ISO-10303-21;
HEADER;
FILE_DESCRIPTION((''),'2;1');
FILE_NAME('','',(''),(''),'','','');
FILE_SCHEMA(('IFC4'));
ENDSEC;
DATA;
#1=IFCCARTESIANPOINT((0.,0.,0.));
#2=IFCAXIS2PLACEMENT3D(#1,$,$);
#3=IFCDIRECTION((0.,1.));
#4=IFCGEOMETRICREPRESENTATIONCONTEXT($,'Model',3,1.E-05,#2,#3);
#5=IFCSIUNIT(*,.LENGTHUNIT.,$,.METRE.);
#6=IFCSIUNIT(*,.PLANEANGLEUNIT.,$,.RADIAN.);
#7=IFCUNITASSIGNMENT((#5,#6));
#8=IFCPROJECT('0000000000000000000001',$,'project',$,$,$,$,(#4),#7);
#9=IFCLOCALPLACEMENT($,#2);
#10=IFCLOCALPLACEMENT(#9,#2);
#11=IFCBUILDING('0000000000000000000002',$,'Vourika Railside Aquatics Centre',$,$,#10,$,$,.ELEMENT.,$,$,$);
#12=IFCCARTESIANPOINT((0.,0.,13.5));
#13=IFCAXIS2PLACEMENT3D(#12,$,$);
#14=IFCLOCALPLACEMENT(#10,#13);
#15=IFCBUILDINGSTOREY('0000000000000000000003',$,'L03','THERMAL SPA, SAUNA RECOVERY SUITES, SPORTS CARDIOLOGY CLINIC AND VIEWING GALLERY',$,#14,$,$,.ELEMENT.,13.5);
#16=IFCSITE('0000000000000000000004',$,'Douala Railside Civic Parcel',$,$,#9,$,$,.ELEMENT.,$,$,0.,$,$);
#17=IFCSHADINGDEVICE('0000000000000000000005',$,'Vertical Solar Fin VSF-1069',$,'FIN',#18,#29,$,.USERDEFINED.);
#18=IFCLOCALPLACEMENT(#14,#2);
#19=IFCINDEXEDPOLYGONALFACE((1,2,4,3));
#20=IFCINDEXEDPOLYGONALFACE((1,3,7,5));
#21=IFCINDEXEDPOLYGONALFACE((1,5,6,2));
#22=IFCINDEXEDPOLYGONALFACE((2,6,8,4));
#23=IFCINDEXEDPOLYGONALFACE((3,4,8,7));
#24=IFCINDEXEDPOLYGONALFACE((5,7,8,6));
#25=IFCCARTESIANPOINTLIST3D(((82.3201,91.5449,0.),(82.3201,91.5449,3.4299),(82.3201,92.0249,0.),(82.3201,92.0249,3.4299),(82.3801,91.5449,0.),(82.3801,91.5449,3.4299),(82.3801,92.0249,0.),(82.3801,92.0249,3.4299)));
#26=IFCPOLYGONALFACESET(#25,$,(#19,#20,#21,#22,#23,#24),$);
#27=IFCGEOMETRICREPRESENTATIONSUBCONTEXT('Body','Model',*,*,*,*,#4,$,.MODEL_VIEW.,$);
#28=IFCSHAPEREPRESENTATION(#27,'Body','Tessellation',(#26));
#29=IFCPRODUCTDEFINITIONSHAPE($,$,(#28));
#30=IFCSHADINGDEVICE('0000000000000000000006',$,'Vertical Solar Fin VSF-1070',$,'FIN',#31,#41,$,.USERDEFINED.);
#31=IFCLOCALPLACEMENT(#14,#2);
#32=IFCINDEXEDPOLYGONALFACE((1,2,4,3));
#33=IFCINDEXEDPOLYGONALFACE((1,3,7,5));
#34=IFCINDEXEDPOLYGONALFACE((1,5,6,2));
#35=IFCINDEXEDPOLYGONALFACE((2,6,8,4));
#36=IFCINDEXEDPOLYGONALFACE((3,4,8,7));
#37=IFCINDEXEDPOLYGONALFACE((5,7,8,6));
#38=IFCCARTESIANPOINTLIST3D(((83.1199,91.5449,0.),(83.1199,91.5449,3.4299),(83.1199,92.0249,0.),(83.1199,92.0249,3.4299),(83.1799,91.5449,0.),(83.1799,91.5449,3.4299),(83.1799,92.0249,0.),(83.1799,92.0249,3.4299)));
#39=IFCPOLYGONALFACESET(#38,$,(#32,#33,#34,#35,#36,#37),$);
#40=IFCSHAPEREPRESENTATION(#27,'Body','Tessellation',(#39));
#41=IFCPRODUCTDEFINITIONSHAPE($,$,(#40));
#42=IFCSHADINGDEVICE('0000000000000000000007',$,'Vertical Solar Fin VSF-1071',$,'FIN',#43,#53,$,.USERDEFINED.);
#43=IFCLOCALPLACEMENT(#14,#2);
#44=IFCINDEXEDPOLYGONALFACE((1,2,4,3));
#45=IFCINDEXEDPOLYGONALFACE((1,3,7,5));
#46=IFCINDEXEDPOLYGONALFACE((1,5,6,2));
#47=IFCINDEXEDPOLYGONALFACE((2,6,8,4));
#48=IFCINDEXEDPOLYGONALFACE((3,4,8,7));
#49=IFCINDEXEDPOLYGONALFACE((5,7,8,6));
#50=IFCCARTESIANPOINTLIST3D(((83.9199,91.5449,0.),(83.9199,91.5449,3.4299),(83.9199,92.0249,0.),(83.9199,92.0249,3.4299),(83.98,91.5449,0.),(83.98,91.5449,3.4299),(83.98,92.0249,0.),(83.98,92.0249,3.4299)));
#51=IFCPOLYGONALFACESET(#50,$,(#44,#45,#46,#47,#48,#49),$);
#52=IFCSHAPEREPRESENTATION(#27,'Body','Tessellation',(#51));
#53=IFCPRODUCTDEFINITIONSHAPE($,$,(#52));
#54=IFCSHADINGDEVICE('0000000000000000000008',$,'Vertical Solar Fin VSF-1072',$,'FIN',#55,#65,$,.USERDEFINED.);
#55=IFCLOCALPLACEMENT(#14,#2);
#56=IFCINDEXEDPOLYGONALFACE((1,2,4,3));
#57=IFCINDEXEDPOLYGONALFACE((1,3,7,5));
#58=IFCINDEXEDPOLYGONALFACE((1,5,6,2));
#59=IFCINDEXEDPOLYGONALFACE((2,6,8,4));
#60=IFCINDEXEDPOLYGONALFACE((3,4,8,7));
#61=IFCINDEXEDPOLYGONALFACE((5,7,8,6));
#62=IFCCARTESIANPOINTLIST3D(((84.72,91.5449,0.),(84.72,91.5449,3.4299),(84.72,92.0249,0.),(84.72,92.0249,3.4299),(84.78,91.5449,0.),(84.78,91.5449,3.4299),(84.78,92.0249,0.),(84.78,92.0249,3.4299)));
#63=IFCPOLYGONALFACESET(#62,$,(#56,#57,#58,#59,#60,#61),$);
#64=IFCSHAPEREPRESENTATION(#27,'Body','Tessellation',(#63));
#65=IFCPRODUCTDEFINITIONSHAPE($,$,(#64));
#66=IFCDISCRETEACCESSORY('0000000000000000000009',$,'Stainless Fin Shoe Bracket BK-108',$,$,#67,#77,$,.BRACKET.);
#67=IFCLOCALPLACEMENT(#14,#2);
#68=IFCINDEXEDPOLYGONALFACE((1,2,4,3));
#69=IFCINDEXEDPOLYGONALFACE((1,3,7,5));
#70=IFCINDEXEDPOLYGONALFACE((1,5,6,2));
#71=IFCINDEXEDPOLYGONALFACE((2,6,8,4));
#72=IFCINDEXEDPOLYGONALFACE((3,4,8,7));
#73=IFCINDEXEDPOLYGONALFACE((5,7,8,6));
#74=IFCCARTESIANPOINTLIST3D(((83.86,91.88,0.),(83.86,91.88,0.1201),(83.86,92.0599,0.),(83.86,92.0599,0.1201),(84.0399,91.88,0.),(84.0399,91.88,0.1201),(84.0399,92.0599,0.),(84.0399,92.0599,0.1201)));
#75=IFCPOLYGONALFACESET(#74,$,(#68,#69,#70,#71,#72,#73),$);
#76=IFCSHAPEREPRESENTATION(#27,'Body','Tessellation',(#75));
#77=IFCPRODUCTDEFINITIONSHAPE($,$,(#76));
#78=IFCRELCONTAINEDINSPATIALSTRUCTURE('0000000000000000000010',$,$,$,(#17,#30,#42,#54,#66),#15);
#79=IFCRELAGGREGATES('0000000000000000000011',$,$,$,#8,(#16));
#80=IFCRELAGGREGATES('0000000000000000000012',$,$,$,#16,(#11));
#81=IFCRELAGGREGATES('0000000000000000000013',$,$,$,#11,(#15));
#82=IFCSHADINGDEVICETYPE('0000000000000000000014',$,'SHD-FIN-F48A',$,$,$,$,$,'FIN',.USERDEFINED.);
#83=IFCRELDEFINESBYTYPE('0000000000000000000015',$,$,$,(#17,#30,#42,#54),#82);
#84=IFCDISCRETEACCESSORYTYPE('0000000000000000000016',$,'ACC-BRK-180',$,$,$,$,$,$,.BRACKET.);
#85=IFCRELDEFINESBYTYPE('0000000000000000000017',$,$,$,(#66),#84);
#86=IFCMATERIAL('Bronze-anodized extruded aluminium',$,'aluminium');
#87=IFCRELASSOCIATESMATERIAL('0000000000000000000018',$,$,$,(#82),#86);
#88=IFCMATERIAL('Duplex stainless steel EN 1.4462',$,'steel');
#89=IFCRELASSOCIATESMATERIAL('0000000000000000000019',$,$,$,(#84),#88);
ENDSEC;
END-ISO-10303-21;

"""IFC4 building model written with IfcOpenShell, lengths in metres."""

from ifc_helpers import new_model, si_unit, direction, frame, origin, origin_2d, place, context, subcontext, project, spatial, rectangle, extrude, material, material_profile, profile_set, type_object, element, save


model = new_model("IFC4")

# Units and contexts
model_context = context("Model", 3, precision=1e-05, world=origin(), true_north=direction((0.0, 1.0)))
body_context = subcontext(model_context, "Body", "Model", "MODEL_VIEW")
ifc_project = project(units=[si_unit("LENGTHUNIT", "METRE"), si_unit("PLANEANGLEUNIT", "RADIAN")], contexts=[model_context])

# Site, building, storey
site_placement = place(None, origin())
site = spatial("IfcSite", under=ifc_project, at=site_placement, Name="Douala Railside Civic Parcel", CompositionType="ELEMENT", RefElevation=0.0)
building_placement = place(site_placement, origin())
building = spatial("IfcBuilding", under=site, at=building_placement, Name="Vourika Railside Aquatics Centre", CompositionType="ELEMENT")
storey_placement = place(building_placement, frame((0.0, 0.0, 13.5)))
storey = spatial("IfcBuildingStorey", under=building, at=storey_placement, Name="L03", Description="THERMAL SPA, SAUNA RECOVERY SUITES, SPORTS CARDIOLOGY CLINIC AND VIEWING GALLERY", CompositionType="ELEMENT", Elevation=13.5)

# Shading devices
ifc_material_1 = material(Name="Bronze-anodized extruded aluminium", Category="aluminium")
ifc_material_profile_1 = material_profile(ifc_material_1, rectangle(XDim=0.0601, YDim=0.48, at=origin_2d()), Name="ALU-FIN 60x480")
ifc_profile_set_1 = profile_set([ifc_material_profile_1], Name="Bronze-anodized extruded aluminium")
shading_device_type = type_object("IfcShadingDeviceType", Name="SHD-FIN-F48A", ElementType="FIN", PredefinedType="USERDEFINED", material=ifc_profile_set_1)
for number, where, z_axis, x_axis, name in (
    (1, (82.3501, 91.7849, 0.0), (0.0, 0.0, 1.0), (-1.0, 0.0, 0.0), "Vertical Solar Fin VSF-1069"),
    (2, (83.1499, 91.7849, 0.0), (0.0, 0.0, 1.0), (-1.0, 0.0, 0.0), "Vertical Solar Fin VSF-1070"),
    (3, (83.95, 91.7849, 0.0), (0.0, 0.0, 1.0), (-1.0, 0.0, 0.0), "Vertical Solar Fin VSF-1071"),
    (4, (84.75, 91.7849, 0.0), (0.0, 0.0, 1.0), (-1.0, 0.0, 0.0), "Vertical Solar Fin VSF-1072"),
):
    element("IfcShadingDevice", number, at=place(storey_placement, frame(where, z_axis=z_axis, x_axis=x_axis)), inside=storey, type_object=shading_device_type, Name=name, ObjectType="FIN", PredefinedType="USERDEFINED", context=body_context, shape_type="SweptSolid", body=[
        extrude(rectangle(XDim=0.0601, YDim=0.48, at=origin_2d()), origin(), (0.0, 0.0, 1.0), 3.4299),
    ])

# Discrete accessory
ifc_material_2 = material(Name="Duplex stainless steel EN 1.4462", Category="steel")
discrete_accessory_type = type_object("IfcDiscreteAccessoryType", Name="ACC-BRK-180", PredefinedType="BRACKET", material=ifc_material_2)
discrete_accessory_placement = place(storey_placement, frame((83.95, 91.97, 0.0), z_axis=(0.0, 0.0, 1.0), x_axis=(0.0, -1.0, 0.0)))
element("IfcDiscreteAccessory", 5, at=discrete_accessory_placement, inside=storey, type_object=discrete_accessory_type, Name="Stainless Fin Shoe Bracket BK-108", PredefinedType="BRACKET", context=body_context, shape_type="SweptSolid", body=[
    extrude(rectangle(XDim=0.1799, YDim=0.1799, at=origin_2d()), origin(), (0.0, 0.0, 1.0), 0.1201),
])

save(model, "model.ifc")
